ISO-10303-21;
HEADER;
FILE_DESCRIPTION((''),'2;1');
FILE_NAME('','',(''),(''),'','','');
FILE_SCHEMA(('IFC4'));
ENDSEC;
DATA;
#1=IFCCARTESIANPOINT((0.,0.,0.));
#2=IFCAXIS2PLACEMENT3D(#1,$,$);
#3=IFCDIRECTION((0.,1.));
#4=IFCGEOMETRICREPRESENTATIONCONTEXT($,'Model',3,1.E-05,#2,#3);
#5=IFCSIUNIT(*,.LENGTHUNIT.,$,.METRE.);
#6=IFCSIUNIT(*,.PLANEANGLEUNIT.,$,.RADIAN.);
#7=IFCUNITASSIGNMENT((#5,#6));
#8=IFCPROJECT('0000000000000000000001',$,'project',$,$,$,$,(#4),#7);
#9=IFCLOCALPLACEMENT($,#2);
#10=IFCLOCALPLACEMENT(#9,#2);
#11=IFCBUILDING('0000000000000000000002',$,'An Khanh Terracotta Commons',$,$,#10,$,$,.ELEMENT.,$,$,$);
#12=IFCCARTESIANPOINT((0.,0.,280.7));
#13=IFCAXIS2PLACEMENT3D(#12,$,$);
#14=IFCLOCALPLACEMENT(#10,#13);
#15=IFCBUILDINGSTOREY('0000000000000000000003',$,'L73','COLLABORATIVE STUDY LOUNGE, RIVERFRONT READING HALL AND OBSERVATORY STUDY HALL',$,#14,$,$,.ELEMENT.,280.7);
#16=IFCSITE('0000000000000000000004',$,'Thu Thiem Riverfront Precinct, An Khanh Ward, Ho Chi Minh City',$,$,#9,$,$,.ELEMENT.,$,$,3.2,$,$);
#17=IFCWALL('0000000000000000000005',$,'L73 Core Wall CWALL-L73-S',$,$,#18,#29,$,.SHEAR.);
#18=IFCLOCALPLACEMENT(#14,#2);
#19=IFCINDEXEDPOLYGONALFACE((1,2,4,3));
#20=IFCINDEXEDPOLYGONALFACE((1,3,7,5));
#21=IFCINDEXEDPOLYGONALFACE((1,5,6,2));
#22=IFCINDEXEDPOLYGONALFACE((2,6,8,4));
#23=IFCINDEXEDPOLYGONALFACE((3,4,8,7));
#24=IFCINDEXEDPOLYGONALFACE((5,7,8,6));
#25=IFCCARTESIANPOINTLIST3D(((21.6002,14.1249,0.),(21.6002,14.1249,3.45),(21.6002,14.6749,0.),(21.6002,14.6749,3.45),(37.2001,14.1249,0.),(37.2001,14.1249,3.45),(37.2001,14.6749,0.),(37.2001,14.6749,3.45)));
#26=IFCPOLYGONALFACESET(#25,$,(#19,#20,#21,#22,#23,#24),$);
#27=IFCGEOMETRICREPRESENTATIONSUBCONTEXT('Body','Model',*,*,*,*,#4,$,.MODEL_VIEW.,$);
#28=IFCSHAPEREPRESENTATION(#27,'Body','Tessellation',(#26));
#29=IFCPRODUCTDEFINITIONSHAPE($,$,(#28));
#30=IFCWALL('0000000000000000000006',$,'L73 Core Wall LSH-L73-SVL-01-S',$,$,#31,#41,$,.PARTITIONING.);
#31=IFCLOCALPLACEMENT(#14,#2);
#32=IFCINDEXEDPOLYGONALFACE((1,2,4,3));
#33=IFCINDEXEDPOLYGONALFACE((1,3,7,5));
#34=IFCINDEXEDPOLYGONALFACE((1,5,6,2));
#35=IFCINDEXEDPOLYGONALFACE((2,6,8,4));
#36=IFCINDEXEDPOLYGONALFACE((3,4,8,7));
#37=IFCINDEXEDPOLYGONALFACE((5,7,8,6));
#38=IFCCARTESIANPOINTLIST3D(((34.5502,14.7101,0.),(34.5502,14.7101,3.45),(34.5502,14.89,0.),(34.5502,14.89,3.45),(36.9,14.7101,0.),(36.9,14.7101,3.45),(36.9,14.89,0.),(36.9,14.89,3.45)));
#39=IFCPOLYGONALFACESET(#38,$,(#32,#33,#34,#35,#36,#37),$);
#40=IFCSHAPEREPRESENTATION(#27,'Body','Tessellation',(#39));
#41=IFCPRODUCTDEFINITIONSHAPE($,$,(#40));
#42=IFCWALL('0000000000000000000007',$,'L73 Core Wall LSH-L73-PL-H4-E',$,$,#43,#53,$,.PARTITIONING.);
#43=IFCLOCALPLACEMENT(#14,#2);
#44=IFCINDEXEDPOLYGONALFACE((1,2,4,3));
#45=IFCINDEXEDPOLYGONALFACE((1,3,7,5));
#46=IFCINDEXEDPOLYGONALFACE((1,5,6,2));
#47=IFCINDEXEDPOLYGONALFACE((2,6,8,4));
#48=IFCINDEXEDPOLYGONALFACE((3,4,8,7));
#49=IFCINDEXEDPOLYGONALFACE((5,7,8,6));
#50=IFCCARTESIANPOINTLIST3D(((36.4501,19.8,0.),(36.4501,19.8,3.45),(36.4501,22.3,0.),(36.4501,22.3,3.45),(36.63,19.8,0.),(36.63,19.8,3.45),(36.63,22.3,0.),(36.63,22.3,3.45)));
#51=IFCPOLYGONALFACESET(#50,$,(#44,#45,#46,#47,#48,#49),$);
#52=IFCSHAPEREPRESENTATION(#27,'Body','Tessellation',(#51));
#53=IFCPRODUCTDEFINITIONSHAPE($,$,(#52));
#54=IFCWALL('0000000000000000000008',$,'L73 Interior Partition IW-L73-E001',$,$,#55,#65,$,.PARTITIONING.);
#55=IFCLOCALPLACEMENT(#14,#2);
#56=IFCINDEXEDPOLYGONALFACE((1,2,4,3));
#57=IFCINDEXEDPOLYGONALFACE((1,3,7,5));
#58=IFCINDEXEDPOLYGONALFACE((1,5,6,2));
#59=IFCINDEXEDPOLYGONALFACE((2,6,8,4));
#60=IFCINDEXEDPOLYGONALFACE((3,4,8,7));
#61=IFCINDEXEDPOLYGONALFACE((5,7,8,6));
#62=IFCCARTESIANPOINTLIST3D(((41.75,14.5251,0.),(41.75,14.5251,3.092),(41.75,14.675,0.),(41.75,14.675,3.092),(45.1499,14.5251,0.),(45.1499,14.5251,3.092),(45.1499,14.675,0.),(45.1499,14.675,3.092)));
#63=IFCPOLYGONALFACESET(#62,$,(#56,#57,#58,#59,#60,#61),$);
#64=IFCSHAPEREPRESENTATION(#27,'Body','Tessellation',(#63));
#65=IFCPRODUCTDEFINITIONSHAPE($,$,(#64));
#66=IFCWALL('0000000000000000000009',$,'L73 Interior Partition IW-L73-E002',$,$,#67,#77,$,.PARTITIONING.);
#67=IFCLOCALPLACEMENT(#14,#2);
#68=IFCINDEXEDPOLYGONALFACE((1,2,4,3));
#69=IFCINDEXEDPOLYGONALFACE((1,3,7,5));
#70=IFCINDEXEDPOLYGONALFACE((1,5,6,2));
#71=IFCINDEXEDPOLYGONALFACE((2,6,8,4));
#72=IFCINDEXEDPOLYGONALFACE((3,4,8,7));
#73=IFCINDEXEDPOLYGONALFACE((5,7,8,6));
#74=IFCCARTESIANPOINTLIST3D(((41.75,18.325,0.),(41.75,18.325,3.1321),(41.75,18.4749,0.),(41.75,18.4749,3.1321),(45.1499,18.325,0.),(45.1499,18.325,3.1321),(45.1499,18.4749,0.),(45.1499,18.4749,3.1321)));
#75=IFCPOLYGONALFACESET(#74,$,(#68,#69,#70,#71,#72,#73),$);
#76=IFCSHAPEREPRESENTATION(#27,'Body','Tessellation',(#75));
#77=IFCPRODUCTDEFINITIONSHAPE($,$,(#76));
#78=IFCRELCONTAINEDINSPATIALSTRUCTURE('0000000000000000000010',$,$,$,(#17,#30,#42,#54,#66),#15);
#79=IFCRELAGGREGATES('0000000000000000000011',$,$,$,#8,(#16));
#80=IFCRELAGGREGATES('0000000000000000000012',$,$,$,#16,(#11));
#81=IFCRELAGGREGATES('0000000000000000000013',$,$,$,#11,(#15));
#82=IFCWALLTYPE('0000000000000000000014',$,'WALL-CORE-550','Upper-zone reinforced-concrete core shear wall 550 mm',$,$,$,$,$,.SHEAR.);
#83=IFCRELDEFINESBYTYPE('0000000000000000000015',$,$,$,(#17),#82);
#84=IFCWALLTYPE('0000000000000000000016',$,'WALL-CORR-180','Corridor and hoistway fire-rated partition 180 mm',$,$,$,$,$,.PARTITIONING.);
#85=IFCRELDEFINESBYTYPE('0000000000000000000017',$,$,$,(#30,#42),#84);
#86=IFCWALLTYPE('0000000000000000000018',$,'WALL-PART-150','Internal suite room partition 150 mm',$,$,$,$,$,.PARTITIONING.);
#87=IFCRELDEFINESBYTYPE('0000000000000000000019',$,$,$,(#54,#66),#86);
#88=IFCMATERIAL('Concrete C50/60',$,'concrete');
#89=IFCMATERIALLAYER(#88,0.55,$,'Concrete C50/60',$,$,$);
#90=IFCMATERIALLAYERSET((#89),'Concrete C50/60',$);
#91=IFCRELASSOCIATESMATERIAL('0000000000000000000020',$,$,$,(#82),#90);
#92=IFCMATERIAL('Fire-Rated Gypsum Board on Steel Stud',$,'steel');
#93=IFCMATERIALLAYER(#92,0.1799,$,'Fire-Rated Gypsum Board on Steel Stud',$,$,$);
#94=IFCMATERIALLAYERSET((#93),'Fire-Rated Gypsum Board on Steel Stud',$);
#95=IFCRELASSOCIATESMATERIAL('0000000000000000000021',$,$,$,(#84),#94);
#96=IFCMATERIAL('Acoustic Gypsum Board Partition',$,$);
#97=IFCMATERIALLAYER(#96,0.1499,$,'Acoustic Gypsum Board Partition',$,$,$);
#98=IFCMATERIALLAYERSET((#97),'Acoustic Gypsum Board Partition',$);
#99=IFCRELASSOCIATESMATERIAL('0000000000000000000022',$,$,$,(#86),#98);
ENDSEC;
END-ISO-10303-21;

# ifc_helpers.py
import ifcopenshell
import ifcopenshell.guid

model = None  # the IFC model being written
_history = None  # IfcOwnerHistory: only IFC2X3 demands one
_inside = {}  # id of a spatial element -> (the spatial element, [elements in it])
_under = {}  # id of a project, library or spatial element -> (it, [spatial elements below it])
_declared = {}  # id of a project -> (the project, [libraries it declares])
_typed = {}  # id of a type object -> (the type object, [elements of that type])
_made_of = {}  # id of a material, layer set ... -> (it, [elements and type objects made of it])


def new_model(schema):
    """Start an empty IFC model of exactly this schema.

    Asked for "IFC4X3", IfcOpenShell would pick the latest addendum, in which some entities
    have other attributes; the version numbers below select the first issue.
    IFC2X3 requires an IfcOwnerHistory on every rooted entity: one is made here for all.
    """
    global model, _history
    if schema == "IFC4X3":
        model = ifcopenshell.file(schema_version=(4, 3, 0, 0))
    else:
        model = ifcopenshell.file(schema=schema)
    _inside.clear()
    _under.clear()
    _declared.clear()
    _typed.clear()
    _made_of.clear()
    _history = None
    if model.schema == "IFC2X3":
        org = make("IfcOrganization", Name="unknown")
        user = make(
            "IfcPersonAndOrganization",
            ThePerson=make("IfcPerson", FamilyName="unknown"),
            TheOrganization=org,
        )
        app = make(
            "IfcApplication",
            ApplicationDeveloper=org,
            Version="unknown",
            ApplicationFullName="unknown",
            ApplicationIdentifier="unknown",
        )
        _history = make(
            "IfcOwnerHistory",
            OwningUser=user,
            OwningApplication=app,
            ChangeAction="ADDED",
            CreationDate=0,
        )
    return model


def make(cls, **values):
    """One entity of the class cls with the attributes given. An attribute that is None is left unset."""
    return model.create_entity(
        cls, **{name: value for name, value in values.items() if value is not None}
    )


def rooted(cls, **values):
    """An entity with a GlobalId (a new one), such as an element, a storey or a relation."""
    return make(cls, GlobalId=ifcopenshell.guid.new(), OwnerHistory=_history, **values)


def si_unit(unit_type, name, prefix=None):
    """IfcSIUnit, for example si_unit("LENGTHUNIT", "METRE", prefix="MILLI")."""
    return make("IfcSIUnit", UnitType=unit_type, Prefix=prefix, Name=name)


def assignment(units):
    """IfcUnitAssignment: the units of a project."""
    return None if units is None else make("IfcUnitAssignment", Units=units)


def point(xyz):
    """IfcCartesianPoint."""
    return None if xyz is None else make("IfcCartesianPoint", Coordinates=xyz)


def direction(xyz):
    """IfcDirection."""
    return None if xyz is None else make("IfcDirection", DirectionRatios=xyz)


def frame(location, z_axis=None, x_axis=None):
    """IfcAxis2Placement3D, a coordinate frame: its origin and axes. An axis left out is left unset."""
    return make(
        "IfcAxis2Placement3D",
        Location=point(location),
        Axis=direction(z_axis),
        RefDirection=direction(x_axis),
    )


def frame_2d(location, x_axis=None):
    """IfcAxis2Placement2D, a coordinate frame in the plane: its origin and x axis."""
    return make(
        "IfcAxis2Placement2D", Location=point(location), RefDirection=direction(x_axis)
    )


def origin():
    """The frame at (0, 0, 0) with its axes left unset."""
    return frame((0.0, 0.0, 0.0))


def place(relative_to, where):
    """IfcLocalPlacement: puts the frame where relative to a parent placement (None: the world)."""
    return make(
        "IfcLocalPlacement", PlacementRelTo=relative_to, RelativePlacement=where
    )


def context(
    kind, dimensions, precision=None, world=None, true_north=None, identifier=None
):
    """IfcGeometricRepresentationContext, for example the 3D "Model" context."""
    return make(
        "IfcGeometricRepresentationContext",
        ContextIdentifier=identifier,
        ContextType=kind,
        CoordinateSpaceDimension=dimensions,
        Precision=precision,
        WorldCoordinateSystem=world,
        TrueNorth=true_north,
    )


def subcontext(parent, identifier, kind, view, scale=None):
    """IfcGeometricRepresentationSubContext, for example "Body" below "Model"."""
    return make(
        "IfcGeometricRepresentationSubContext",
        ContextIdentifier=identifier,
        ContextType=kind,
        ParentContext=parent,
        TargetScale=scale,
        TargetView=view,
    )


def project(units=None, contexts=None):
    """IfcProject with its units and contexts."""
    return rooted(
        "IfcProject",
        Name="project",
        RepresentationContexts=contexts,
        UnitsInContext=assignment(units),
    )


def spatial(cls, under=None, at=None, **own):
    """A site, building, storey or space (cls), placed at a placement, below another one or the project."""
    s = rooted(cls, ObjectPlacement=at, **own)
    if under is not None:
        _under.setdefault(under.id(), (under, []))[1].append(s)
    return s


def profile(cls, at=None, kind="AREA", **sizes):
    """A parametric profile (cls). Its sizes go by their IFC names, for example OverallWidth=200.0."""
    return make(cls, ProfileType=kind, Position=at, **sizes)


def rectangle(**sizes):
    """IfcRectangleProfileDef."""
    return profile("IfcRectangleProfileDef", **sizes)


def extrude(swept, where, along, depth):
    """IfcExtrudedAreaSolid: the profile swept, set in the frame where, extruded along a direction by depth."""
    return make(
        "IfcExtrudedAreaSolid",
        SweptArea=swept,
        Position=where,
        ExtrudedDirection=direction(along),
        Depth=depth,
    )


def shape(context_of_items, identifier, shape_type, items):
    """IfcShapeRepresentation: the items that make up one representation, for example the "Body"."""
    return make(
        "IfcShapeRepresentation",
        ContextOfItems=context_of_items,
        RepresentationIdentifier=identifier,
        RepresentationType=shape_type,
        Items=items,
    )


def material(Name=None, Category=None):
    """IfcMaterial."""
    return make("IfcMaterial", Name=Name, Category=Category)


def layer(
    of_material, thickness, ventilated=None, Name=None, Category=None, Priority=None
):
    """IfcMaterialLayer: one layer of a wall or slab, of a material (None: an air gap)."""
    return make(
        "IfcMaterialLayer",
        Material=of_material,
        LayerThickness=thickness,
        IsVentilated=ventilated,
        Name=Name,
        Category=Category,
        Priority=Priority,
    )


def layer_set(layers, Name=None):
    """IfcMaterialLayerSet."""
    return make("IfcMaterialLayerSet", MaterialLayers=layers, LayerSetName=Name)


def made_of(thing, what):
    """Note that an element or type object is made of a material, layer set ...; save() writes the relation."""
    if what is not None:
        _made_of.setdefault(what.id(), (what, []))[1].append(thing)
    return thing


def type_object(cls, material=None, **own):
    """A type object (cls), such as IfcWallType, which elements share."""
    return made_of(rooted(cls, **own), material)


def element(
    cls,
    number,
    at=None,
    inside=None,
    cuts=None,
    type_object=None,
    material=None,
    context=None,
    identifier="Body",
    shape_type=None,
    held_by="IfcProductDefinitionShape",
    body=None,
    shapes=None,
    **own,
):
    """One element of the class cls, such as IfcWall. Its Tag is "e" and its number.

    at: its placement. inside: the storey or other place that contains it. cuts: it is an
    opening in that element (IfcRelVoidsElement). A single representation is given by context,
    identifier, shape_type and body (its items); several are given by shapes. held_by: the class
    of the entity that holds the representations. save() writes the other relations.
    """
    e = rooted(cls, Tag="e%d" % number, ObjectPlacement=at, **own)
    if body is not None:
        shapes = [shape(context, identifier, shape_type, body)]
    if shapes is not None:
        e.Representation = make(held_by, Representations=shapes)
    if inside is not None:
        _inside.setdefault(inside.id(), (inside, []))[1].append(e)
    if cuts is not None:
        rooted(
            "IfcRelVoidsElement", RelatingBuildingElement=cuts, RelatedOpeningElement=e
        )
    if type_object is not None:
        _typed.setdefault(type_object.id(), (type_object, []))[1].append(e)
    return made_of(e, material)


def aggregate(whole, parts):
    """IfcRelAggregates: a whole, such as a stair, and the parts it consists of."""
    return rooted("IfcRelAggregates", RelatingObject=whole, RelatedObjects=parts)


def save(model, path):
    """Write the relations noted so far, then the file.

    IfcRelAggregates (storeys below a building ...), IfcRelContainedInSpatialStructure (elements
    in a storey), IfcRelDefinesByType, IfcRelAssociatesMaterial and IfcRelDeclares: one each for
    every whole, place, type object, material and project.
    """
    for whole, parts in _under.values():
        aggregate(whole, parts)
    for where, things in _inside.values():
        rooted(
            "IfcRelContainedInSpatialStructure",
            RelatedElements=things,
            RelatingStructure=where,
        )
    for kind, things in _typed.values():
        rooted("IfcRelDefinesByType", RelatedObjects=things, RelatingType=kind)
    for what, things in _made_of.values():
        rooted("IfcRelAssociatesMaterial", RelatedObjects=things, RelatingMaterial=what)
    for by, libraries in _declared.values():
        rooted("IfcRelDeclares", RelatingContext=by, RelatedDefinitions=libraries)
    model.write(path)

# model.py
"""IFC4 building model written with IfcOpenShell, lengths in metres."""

from ifc_helpers import new_model, si_unit, direction, frame, frame_2d, origin, place, context, subcontext, project, spatial, rectangle, extrude, material, layer, layer_set, type_object, element, save


model = new_model("IFC4")

# Units and contexts
model_context = context("Model", 3, precision=1e-05, world=origin(), true_north=direction((0.0, 1.0)))
body_context = subcontext(model_context, "Body", "Model", "MODEL_VIEW")
ifc_project = project(units=[si_unit("LENGTHUNIT", "METRE"), si_unit("PLANEANGLEUNIT", "RADIAN")], contexts=[model_context])

# Site, building, storey
site_placement = place(None, origin())
site = spatial("IfcSite", under=ifc_project, at=site_placement, Name="Thu Thiem Riverfront Precinct, An Khanh Ward, Ho Chi Minh City", CompositionType="ELEMENT", RefElevation=3.2)
building_placement = place(site_placement, origin())
building = spatial("IfcBuilding", under=site, at=building_placement, Name="An Khanh Terracotta Commons", CompositionType="ELEMENT")
storey_placement = place(building_placement, frame((0.0, 0.0, 280.7)))
storey = spatial("IfcBuildingStorey", under=building, at=storey_placement, Name="L73", Description="COLLABORATIVE STUDY LOUNGE, RIVERFRONT READING HALL AND OBSERVATORY STUDY HALL", CompositionType="ELEMENT", Elevation=280.7)

# Shared definitions
ifc_material_1 = material(Name="Concrete C50/60", Category="concrete")

# Wall
ifc_layer_1 = layer(ifc_material_1, 0.55, Name="Concrete C50/60")
ifc_layer_set_1 = layer_set([ifc_layer_1], Name="Concrete C50/60")
wall_type_1 = type_object("IfcWallType", Name="WALL-CORE-550", Description="Upper-zone reinforced-concrete core shear wall 550 mm", PredefinedType="SHEAR", material=ifc_layer_set_1)
wall_1_placement = place(storey_placement, frame((37.2, 14.3999, 0.0), z_axis=(0.0, 0.0, 1.0), x_axis=(-1.0, 0.0, 0.0)))
element("IfcWall", 1, at=wall_1_placement, inside=storey, type_object=wall_type_1, Name="L73 Core Wall CWALL-L73-S", PredefinedType="SHEAR", context=body_context, shape_type="SweptSolid", body=[
    extrude(rectangle(XDim=15.5999, YDim=0.55, at=frame_2d((7.7998, 0.0))), origin(), (0.0, 0.0, 1.0), 3.45),
])

# Walls
ifc_material_2 = material(Name="Fire-Rated Gypsum Board on Steel Stud", Category="steel")
ifc_layer_2 = layer(ifc_material_2, 0.1799, Name="Fire-Rated Gypsum Board on Steel Stud")
ifc_layer_set_2 = layer_set([ifc_layer_2], Name="Fire-Rated Gypsum Board on Steel Stud")
wall_type_2 = type_object("IfcWallType", Name="WALL-CORR-180", Description="Corridor and hoistway fire-rated partition 180 mm", PredefinedType="PARTITIONING", material=ifc_layer_set_2)
wall_2_placement = place(storey_placement, frame((36.8999, 14.8, 0.0), z_axis=(0.0, 0.0, 1.0), x_axis=(-1.0, 0.0, 0.0)))
element("IfcWall", 2, at=wall_2_placement, inside=storey, type_object=wall_type_2, Name="L73 Core Wall LSH-L73-SVL-01-S", PredefinedType="PARTITIONING", context=body_context, shape_type="SweptSolid", body=[
    extrude(rectangle(XDim=2.3499, YDim=0.1799, at=frame_2d((1.1748, 0.0))), origin(), (0.0, 0.0, 1.0), 3.45),
])
wall_3_placement = place(storey_placement, frame((36.54, 19.8, 0.0), z_axis=(0.0, 0.0, 1.0), x_axis=(0.0, 1.0, 0.0)))
element("IfcWall", 3, at=wall_3_placement, inside=storey, type_object=wall_type_2, Name="L73 Core Wall LSH-L73-PL-H4-E", PredefinedType="PARTITIONING", context=body_context, shape_type="SweptSolid", body=[
    extrude(rectangle(XDim=2.5, YDim=0.1799, at=frame_2d((1.25, 0.0))), origin(), (0.0, 0.0, 1.0), 3.45),
])
ifc_material_3 = material(Name="Acoustic Gypsum Board Partition")
ifc_layer_3 = layer(ifc_material_3, 0.1499, Name="Acoustic Gypsum Board Partition")
ifc_layer_set_3 = layer_set([ifc_layer_3], Name="Acoustic Gypsum Board Partition")
wall_type_3 = type_object("IfcWallType", Name="WALL-PART-150", Description="Internal suite room partition 150 mm", PredefinedType="PARTITIONING", material=ifc_layer_set_3)
wall_4_placement = place(storey_placement, frame((41.75, 14.6001, 0.0), z_axis=(0.0, 0.0, 1.0), x_axis=(1.0, 0.0, 0.0)))
element("IfcWall", 4, at=wall_4_placement, inside=storey, type_object=wall_type_3, Name="L73 Interior Partition IW-L73-E001", PredefinedType="PARTITIONING", context=body_context, shape_type="SweptSolid", body=[
    extrude(rectangle(XDim=3.3999, YDim=0.1499, at=frame_2d((1.7, 0.0))), origin(), (0.0, 0.0, 1.0), 3.092),
])
wall_5_placement = place(storey_placement, frame((41.75, 18.3999, 0.0), z_axis=(0.0, 0.0, 1.0), x_axis=(1.0, 0.0, 0.0)))
element("IfcWall", 5, at=wall_5_placement, inside=storey, type_object=wall_type_3, Name="L73 Interior Partition IW-L73-E002", PredefinedType="PARTITIONING", context=body_context, shape_type="SweptSolid", body=[
    extrude(rectangle(XDim=3.3999, YDim=0.1499, at=frame_2d((1.7, 0.0))), origin(), (0.0, 0.0, 1.0), 3.1321),
])

save(model, "model.ifc")
